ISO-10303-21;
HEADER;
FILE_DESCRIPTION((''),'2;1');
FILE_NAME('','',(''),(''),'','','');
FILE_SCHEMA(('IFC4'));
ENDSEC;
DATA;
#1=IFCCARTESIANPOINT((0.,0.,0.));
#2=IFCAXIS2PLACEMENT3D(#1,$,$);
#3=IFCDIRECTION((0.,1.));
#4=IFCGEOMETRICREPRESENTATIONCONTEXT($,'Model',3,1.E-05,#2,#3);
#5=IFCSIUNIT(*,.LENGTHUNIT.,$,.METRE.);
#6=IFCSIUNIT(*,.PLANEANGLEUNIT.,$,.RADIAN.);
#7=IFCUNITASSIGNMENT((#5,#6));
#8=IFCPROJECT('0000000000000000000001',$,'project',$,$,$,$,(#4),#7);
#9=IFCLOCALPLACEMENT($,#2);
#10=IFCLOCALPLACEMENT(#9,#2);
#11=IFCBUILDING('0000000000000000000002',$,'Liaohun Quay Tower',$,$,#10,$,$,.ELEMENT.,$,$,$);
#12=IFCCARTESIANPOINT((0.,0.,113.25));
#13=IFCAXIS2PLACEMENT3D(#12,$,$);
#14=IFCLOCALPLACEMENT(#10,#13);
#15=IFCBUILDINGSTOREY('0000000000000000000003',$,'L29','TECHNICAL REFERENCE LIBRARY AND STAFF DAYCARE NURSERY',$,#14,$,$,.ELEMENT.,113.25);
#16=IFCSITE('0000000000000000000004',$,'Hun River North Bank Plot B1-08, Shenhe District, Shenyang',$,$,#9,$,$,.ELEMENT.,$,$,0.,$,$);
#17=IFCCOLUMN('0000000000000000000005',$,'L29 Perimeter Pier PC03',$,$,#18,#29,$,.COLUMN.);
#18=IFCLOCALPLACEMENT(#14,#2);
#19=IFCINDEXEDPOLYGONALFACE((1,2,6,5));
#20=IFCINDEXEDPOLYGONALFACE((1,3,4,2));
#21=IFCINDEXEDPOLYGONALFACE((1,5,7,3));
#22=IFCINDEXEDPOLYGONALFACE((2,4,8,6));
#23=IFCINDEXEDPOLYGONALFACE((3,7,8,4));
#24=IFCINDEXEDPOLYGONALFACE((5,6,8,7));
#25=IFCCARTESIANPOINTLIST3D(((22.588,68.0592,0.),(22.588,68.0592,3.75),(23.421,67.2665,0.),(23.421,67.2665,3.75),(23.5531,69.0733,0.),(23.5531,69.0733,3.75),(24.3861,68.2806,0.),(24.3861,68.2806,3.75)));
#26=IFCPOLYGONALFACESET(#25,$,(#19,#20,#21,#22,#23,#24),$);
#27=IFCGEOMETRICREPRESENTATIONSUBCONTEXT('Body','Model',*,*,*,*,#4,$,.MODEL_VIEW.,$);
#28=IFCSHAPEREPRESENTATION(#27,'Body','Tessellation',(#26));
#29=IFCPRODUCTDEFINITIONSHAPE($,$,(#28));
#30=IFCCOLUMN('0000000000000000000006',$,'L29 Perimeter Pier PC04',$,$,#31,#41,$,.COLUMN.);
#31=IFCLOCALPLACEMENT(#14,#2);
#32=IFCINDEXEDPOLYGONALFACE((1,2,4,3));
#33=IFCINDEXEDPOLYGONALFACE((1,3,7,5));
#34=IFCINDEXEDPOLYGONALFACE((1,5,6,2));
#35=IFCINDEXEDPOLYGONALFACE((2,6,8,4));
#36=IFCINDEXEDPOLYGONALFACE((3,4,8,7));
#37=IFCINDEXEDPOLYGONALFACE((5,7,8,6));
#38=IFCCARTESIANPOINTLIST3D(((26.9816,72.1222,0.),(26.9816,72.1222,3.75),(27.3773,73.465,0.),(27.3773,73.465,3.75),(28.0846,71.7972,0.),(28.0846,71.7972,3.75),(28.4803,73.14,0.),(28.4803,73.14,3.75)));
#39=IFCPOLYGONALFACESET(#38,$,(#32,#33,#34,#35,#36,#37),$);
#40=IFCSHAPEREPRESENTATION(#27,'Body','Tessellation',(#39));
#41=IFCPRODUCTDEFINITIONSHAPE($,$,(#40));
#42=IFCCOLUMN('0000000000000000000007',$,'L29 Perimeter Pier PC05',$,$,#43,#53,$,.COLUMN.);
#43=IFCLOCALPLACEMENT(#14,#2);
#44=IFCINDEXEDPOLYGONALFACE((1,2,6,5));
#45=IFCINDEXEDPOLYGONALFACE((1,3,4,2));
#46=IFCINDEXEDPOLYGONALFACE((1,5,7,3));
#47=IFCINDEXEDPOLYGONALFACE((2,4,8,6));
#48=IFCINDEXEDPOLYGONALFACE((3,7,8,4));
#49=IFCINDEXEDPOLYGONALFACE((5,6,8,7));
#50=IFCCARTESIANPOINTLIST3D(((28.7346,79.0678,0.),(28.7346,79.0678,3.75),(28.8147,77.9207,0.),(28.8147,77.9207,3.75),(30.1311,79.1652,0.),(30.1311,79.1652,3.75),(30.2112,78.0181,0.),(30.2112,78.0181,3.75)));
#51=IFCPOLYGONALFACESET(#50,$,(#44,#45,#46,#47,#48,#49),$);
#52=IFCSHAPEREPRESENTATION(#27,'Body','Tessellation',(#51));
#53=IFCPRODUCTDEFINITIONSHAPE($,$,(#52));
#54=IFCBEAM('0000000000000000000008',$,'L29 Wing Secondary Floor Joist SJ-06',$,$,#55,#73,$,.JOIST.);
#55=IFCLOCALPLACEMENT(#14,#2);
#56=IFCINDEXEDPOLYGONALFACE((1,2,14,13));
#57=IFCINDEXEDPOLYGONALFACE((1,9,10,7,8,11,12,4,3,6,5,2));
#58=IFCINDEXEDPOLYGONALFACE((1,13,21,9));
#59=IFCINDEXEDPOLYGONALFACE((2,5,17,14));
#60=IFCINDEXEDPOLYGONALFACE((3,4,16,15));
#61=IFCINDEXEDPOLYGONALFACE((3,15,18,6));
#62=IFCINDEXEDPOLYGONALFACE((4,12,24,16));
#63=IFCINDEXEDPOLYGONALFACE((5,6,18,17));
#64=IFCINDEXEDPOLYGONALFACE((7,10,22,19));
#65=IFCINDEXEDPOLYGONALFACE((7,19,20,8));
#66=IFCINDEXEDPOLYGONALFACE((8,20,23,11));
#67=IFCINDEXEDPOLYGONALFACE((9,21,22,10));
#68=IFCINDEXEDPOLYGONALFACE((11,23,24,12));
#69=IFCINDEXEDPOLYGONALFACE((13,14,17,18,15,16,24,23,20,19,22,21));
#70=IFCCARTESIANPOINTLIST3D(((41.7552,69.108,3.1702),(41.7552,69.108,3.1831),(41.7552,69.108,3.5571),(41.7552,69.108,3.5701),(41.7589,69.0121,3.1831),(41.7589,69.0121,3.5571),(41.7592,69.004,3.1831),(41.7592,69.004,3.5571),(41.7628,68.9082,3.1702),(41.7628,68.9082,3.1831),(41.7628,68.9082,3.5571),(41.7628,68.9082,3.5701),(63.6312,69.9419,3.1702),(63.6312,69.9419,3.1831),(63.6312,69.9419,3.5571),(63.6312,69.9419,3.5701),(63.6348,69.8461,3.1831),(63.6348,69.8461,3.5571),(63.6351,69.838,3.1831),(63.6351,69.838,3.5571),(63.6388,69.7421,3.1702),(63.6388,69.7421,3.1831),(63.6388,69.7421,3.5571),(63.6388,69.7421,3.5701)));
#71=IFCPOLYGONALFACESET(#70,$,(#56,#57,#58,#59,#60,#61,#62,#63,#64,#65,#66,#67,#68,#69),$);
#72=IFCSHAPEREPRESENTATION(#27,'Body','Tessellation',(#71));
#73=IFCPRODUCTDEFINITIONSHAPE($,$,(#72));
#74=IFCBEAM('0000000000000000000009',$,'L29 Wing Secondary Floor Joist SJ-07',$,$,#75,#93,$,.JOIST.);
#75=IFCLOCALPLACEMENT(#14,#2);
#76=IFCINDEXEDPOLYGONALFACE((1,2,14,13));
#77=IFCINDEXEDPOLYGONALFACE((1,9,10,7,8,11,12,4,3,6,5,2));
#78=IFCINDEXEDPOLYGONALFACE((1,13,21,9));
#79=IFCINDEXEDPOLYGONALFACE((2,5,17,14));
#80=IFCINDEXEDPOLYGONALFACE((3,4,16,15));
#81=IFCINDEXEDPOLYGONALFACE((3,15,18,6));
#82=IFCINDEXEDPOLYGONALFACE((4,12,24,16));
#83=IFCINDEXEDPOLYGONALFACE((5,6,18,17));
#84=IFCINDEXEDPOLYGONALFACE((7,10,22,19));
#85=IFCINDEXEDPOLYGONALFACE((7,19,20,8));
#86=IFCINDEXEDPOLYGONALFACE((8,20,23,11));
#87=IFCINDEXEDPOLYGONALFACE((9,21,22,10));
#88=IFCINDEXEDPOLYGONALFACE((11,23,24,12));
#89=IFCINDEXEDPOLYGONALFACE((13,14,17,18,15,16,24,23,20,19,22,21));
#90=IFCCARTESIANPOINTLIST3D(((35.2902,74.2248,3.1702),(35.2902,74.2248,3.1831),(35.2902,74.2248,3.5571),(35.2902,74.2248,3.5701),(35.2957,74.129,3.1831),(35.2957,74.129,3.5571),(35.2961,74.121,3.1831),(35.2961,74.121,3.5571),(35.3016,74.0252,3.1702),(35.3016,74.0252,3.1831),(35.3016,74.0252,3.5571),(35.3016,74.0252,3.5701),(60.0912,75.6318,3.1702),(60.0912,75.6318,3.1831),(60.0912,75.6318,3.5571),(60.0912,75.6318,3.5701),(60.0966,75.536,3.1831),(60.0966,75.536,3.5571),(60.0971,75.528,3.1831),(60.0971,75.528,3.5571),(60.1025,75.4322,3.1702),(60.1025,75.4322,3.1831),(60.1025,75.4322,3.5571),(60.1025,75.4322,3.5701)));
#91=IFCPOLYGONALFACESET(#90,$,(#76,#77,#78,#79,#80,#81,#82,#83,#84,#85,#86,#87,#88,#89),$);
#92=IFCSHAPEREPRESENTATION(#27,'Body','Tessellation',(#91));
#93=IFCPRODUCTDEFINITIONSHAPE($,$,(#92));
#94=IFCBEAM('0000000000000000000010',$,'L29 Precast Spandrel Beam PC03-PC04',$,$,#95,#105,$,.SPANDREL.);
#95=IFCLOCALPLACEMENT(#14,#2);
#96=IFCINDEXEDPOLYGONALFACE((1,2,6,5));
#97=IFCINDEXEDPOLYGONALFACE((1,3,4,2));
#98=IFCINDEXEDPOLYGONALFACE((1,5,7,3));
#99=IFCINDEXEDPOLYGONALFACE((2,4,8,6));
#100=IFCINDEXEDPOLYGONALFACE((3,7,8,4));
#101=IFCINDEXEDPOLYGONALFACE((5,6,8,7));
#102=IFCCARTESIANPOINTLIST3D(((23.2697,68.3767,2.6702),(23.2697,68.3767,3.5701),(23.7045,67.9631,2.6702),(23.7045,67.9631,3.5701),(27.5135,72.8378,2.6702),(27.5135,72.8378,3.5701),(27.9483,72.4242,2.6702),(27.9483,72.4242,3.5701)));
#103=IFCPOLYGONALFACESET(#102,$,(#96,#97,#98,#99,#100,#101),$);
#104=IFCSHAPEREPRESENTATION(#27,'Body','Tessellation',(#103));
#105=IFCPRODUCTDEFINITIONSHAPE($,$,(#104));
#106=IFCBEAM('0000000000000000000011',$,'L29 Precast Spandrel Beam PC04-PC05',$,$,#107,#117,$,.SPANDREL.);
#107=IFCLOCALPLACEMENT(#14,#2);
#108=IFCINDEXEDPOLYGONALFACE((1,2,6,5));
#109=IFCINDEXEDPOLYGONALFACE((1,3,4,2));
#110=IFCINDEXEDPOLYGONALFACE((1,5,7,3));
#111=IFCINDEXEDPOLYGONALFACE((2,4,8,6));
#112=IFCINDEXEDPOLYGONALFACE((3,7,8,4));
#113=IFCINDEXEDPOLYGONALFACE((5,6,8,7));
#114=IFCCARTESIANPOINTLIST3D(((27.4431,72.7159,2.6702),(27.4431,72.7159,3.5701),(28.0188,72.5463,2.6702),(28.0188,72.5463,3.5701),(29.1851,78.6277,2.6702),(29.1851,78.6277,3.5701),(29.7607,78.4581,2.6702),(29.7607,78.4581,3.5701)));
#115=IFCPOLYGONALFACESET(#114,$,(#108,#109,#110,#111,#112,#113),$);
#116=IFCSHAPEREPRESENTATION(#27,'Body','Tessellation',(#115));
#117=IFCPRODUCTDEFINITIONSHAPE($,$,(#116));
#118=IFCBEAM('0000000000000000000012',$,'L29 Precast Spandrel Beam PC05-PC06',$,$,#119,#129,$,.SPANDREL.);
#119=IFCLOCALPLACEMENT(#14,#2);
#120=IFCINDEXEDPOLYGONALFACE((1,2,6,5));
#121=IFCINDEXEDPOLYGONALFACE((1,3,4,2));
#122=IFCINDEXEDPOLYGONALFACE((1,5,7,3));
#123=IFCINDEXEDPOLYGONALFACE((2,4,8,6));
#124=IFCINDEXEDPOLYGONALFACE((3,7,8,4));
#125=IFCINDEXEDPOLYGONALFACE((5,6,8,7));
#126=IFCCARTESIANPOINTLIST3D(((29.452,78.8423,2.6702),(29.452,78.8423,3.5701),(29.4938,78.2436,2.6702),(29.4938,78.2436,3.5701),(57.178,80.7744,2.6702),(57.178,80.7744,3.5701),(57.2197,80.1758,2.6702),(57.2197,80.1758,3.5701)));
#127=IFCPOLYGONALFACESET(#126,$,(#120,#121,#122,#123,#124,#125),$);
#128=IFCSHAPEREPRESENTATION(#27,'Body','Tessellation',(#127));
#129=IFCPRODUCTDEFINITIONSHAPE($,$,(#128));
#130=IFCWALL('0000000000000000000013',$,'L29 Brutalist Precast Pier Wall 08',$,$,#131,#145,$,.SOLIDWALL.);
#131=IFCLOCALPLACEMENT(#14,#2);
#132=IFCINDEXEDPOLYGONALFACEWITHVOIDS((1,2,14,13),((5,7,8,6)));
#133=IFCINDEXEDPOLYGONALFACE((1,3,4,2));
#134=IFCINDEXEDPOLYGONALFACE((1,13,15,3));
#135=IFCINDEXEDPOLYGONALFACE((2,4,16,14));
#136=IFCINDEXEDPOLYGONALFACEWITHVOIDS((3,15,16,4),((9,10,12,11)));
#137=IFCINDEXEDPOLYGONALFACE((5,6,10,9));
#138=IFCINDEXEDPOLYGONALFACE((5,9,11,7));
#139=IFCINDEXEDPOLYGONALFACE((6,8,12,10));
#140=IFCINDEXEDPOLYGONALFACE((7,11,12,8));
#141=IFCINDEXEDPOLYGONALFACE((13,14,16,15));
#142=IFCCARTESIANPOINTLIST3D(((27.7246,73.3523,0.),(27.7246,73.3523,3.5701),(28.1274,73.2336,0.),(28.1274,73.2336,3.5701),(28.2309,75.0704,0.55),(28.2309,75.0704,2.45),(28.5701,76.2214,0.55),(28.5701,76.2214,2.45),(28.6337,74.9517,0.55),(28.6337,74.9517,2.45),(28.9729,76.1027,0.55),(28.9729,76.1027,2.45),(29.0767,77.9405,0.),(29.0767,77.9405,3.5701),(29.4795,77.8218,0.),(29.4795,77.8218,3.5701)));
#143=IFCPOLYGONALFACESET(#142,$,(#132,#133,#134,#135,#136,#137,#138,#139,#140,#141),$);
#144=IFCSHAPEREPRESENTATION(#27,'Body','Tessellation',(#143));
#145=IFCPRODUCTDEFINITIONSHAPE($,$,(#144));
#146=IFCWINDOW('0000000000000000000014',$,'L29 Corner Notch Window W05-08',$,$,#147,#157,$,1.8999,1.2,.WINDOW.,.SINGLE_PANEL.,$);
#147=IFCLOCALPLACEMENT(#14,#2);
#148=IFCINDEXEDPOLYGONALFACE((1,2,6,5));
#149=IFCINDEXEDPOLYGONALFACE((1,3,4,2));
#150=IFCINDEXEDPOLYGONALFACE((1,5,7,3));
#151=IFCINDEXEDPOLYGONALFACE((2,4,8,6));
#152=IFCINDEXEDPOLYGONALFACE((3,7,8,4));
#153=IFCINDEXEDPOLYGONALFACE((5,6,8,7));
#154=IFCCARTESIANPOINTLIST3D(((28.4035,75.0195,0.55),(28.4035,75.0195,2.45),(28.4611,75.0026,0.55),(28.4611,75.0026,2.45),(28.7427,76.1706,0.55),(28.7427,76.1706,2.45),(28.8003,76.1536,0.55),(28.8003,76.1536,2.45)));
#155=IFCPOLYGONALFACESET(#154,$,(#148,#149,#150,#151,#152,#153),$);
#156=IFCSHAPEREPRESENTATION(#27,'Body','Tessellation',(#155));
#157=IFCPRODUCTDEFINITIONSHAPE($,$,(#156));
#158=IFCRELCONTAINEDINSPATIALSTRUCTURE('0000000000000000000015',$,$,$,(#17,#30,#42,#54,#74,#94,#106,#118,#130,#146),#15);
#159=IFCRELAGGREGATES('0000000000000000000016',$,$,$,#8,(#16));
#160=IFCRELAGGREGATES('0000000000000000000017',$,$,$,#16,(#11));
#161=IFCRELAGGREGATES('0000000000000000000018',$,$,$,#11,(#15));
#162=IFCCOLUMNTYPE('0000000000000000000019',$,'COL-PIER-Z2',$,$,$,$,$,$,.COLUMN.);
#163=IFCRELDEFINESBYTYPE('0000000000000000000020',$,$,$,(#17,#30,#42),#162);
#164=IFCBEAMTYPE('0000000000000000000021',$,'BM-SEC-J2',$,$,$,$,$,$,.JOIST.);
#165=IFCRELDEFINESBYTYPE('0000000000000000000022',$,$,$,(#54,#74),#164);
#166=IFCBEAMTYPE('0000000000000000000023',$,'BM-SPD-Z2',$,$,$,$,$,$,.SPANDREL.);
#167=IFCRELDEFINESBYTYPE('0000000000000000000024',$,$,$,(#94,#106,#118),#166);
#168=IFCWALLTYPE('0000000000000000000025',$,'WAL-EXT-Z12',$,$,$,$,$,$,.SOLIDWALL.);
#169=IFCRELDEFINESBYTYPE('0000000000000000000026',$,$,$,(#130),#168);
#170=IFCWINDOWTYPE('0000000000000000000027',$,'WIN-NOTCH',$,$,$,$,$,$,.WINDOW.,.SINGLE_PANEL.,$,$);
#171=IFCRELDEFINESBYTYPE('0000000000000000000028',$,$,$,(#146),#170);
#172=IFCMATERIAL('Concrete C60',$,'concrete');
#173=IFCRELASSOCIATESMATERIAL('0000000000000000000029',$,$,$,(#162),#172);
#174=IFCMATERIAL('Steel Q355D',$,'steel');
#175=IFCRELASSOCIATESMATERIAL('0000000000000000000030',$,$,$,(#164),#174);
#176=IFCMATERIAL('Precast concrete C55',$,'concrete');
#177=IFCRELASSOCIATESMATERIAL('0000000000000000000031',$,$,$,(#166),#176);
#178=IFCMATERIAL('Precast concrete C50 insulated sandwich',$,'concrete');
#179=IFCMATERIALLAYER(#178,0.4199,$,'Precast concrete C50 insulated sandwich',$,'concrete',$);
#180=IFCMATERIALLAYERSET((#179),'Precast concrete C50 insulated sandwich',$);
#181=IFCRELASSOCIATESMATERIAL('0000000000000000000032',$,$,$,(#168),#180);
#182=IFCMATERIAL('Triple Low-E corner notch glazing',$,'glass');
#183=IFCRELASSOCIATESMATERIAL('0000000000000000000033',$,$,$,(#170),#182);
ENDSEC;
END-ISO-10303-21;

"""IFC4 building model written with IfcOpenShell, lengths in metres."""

from ifc_helpers import new_model, si_unit, direction, frame, frame_2d, origin, origin_2d, place, context, subcontext, project, spatial, rectangle, i_section, extrude, source, transform, mapped, material, layer, layer_set, material_profile, profile_set, type_object, element, fill, save


model = new_model("IFC4")

# Units and contexts
model_context = context("Model", 3, precision=1e-05, world=origin(), true_north=direction((0.0, 1.0)))
body_context = subcontext(model_context, "Body", "Model", "MODEL_VIEW")
ifc_project = project(units=[si_unit("LENGTHUNIT", "METRE"), si_unit("PLANEANGLEUNIT", "RADIAN")], contexts=[model_context])

# Site, building, storey
site_placement = place(None, origin())
site = spatial("IfcSite", under=ifc_project, at=site_placement, Name="Hun River North Bank Plot B1-08, Shenhe District, Shenyang", CompositionType="ELEMENT", RefElevation=0.0)
building_placement = place(site_placement, origin())
building = spatial("IfcBuilding", under=site, at=building_placement, Name="Liaohun Quay Tower", CompositionType="ELEMENT")
storey_placement = place(building_placement, frame((0.0, 0.0, 113.25)))
storey = spatial("IfcBuildingStorey", under=building, at=storey_placement, Name="L29", Description="TECHNICAL REFERENCE LIBRARY AND STAFF DAYCARE NURSERY", CompositionType="ELEMENT", Elevation=113.25)

# Columns
ifc_material_1 = material(Name="Concrete C60", Category="concrete")
ifc_material_profile_1 = material_profile(ifc_material_1, rectangle(XDim=1.3999, YDim=1.1499, at=origin_2d()), Name="RC1400x1150")
ifc_profile_set_1 = profile_set([ifc_material_profile_1], Name="Concrete C60")
column_type = type_object("IfcColumnType", Name="COL-PIER-Z2", PredefinedType="COLUMN", material=ifc_profile_set_1)
shared_shape_1 = source(origin(), body_context, "Body", "SweptSolid", [
    extrude(rectangle(XDim=1.3999, YDim=1.1499, at=origin_2d()), origin(), (0.0, 0.0, 1.0), 3.75),
])
for number, where, z_axis, x_axis, name in (
    (1, (23.4871, 68.1699, 0.0), (0.0, 0.0, 1.0), (0.689367, 0.724413, 0.0), "L29 Perimeter Pier PC03"),
    (2, (27.731, 72.6311, 0.0), (0.0, 0.0, 1.0), (0.282676, 0.959215, 0.0), "L29 Perimeter Pier PC04"),
    (3, (29.4729, 78.543, 0.0), (0.0, 0.0, 1.0), (0.997576, 0.069582, 0.0), "L29 Perimeter Pier PC05"),
):
    element("IfcColumn", number, at=place(storey_placement, frame(where, z_axis=z_axis, x_axis=x_axis)), inside=storey, type_object=column_type, Name=name, PredefinedType="COLUMN", context=body_context, shape_type="MappedRepresentation", body=[
        mapped(shared_shape_1, transform((0.0, 0.0, 0.0), x_axis=(1.0, 0.0, 0.0), y_axis=(0.0, 1.0, 0.0), z_axis=(0.0, 0.0, 1.0), scale=1.0)),
    ])

# Beams
ifc_material_2 = material(Name="Steel Q355D", Category="steel")
ifc_material_profile_2 = material_profile(ifc_material_2, i_section(OverallWidth=0.2, OverallDepth=0.3999, WebThickness=0.0081, FlangeThickness=0.0129, at=origin_2d()), Name="HN400x200x8x13")
ifc_profile_set_2 = profile_set([ifc_material_profile_2], Name="Steel Q355D")
beam_type_1 = type_object("IfcBeamType", Name="BM-SEC-J2", PredefinedType="JOIST", material=ifc_profile_set_2)
shared_shape_2 = source(origin(), body_context, "Body", "SweptSolid", [
    extrude(i_section(OverallWidth=0.2, OverallDepth=0.3999, WebThickness=0.0081, FlangeThickness=0.0129, at=origin_2d()), origin(), (0.0, 0.0, 1.0), 21.8918),
])
beam_1_placement = place(storey_placement, frame((41.759, 69.0081, 3.3701), z_axis=(0.999274, 0.038096, 0.0), x_axis=(-0.038096, 0.999274, 0.0)))
element("IfcBeam", 4, at=beam_1_placement, inside=storey, type_object=beam_type_1, Name="L29 Wing Secondary Floor Joist SJ-06", PredefinedType="JOIST", context=body_context, shape_type="MappedRepresentation", body=[
    mapped(shared_shape_2, transform((0.0, 0.0, 0.0), x_axis=(1.0, 0.0, 0.0), y_axis=(0.0, 1.0, 0.0), z_axis=(0.0, 0.0, 1.0), scale=1.0)),
])
shared_shape_3 = source(origin(), body_context, "Body", "SweptSolid", [
    extrude(i_section(OverallWidth=0.2, OverallDepth=0.3999, WebThickness=0.0081, FlangeThickness=0.0129, at=origin_2d()), origin(), (0.0, 0.0, 1.0), 24.8408),
])
beam_2_placement = place(storey_placement, frame((35.2959, 74.125, 3.3701), z_axis=(0.998395, 0.05664, 0.0), x_axis=(-0.05664, 0.998395, 0.0)))
element("IfcBeam", 5, at=beam_2_placement, inside=storey, type_object=beam_type_1, Name="L29 Wing Secondary Floor Joist SJ-07", PredefinedType="JOIST", context=body_context, shape_type="MappedRepresentation", body=[
    mapped(shared_shape_3, transform((0.0, 0.0, 0.0), x_axis=(1.0, 0.0, 0.0), y_axis=(0.0, 1.0, 0.0), z_axis=(0.0, 0.0, 1.0), scale=1.0)),
])
ifc_material_3 = material(Name="Precast concrete C55", Category="concrete")
ifc_material_profile_3 = material_profile(ifc_material_3, rectangle(XDim=0.6001, YDim=0.8999, at=origin_2d()), Name="RC600x900")
ifc_profile_set_3 = profile_set([ifc_material_profile_3], Name="Precast concrete C55")
beam_type_2 = type_object("IfcBeamType", Name="BM-SPD-Z2", PredefinedType="SPANDREL", material=ifc_profile_set_3)
shared_shape_4 = source(origin(), body_context, "Body", "SweptSolid", [
    extrude(rectangle(XDim=0.6001, YDim=0.8999, at=origin_2d()), origin(), (0.0, 0.0, 1.0), 6.1572),
])
beam_3_placement = place(storey_placement, frame((23.4871, 68.1699, 3.1201), z_axis=(0.689242, 0.724531, 0.0), x_axis=(-0.724531, 0.689242, 0.0)))
element("IfcBeam", 6, at=beam_3_placement, inside=storey, type_object=beam_type_2, Name="L29 Precast Spandrel Beam PC03-PC04", PredefinedType="SPANDREL", context=body_context, shape_type="MappedRepresentation", body=[
    mapped(shared_shape_4, transform((0.0, 0.0, 0.0), x_axis=(1.0, 0.0, 0.0), y_axis=(0.0, 1.0, 0.0), z_axis=(0.0, 0.0, 1.0), scale=1.0)),
])
shared_shape_5 = source(origin(), body_context, "Body", "SweptSolid", [
    extrude(rectangle(XDim=0.6001, YDim=0.8999, at=origin_2d()), origin(), (0.0, 0.0, 1.0), 6.1631),
])
beam_4_placement = place(storey_placement, frame((27.731, 72.6311, 3.1201), z_axis=(0.282638, 0.959227, 0.0), x_axis=(-0.959227, 0.282638, 0.0)))
element("IfcBeam", 7, at=beam_4_placement, inside=storey, type_object=beam_type_2, Name="L29 Precast Spandrel Beam PC04-PC05", PredefinedType="SPANDREL", context=body_context, shape_type="MappedRepresentation", body=[
    mapped(shared_shape_5, transform((0.0, 0.0, 0.0), x_axis=(1.0, 0.0, 0.0), y_axis=(0.0, 1.0, 0.0), z_axis=(0.0, 0.0, 1.0), scale=1.0)),
])
shared_shape_6 = source(origin(), body_context, "Body", "SweptSolid", [
    extrude(rectangle(XDim=0.6001, YDim=0.8999, at=origin_2d()), origin(), (0.0, 0.0, 1.0), 27.7932),
])
beam_5_placement = place(storey_placement, frame((29.4729, 78.543, 3.1201), z_axis=(0.997581, 0.069518, 0.0), x_axis=(-0.069518, 0.997581, 0.0)))
element("IfcBeam", 8, at=beam_5_placement, inside=storey, type_object=beam_type_2, Name="L29 Precast Spandrel Beam PC05-PC06", PredefinedType="SPANDREL", context=body_context, shape_type="MappedRepresentation", body=[
    mapped(shared_shape_6, transform((0.0, 0.0, 0.0), x_axis=(1.0, 0.0, 0.0), y_axis=(0.0, 1.0, 0.0), z_axis=(0.0, 0.0, 1.0), scale=1.0)),
])

# Wall, opening, window
ifc_material_4 = material(Name="Precast concrete C50 insulated sandwich", Category="concrete")
ifc_layer_1 = layer(ifc_material_4, 0.4199, Name="Precast concrete C50 insulated sandwich", Category="concrete")
ifc_layer_set_1 = layer_set([ifc_layer_1], Name="Precast concrete C50 insulated sandwich")
wall_type_1 = type_object("IfcWallType", Name="WAL-EXT-Z12", PredefinedType="SOLIDWALL", material=ifc_layer_set_1)
wall_1_placement = place(storey_placement, frame((29.2781, 77.8811, 0.0), z_axis=(0.0, 0.0, 1.0), x_axis=(-0.282666, -0.959218, 0.0)))
wall_1 = element("IfcWall", 9, at=wall_1_placement, inside=storey, type_object=wall_type_1, Name="L29 Brutalist Precast Pier Wall 08", PredefinedType="SOLIDWALL", context=body_context, shape_type="SweptSolid", body=[
    extrude(rectangle(XDim=4.7832, YDim=0.4199, at=frame_2d((2.3916, 0.0))), origin(), (0.0, 0.0, 1.0), 3.5701),
])
shared_shape_7 = source(origin(), body_context, "Body", "SweptSolid", [
    extrude(rectangle(XDim=1.2, YDim=1.8999, at=frame_2d((0.6001, 0.95))), frame((0.0, 0.22, 0.0), z_axis=(0.0, -1.0, 0.0), x_axis=(1.0, 0.0, 0.0)), (0.0, 0.0, 1.0), 0.4399),
])
opening_1_placement = place(wall_1_placement, frame((1.792, 0.0, 0.55)))
opening_1 = element("IfcOpeningElement", 10, at=opening_1_placement, cuts=wall_1, PredefinedType="OPENING", context=body_context, shape_type="MappedRepresentation", body=[
    mapped(shared_shape_7, transform((0.0, 0.0, 0.0), x_axis=(1.0, 0.0, 0.0), y_axis=(0.0, 1.0, 0.0), z_axis=(0.0, 0.0, 1.0), scale=1.0)),
])
ifc_material_5 = material(Name="Triple Low-E corner notch glazing", Category="glass")
window_type_1 = type_object("IfcWindowType", Name="WIN-NOTCH", PartitioningType="SINGLE_PANEL", PredefinedType="WINDOW", material=ifc_material_5)
shared_shape_8 = source(origin(), body_context, "Body", "SweptSolid", [
    extrude(rectangle(XDim=1.2, YDim=1.8999, at=frame_2d((0.6001, 0.95))), frame((0.0, 0.03, 0.0), z_axis=(0.0, -1.0, 0.0), x_axis=(1.0, 0.0, 0.0)), (0.0, 0.0, 1.0), 0.0601),
])
window_1_placement = place(opening_1_placement, origin())
window_1 = element("IfcWindow", 11, at=window_1_placement, inside=storey, type_object=window_type_1, Name="L29 Corner Notch Window W05-08", OverallHeight=1.8999, OverallWidth=1.2, PartitioningType="SINGLE_PANEL", PredefinedType="WINDOW", context=body_context, shape_type="MappedRepresentation", body=[
    mapped(shared_shape_8, transform((0.0, 0.0, 0.0), x_axis=(1.0, 0.0, 0.0), y_axis=(0.0, 1.0, 0.0), z_axis=(0.0, 0.0, 1.0), scale=1.0)),
])
fill(opening_1, window_1)

save(model, "model.ifc")
